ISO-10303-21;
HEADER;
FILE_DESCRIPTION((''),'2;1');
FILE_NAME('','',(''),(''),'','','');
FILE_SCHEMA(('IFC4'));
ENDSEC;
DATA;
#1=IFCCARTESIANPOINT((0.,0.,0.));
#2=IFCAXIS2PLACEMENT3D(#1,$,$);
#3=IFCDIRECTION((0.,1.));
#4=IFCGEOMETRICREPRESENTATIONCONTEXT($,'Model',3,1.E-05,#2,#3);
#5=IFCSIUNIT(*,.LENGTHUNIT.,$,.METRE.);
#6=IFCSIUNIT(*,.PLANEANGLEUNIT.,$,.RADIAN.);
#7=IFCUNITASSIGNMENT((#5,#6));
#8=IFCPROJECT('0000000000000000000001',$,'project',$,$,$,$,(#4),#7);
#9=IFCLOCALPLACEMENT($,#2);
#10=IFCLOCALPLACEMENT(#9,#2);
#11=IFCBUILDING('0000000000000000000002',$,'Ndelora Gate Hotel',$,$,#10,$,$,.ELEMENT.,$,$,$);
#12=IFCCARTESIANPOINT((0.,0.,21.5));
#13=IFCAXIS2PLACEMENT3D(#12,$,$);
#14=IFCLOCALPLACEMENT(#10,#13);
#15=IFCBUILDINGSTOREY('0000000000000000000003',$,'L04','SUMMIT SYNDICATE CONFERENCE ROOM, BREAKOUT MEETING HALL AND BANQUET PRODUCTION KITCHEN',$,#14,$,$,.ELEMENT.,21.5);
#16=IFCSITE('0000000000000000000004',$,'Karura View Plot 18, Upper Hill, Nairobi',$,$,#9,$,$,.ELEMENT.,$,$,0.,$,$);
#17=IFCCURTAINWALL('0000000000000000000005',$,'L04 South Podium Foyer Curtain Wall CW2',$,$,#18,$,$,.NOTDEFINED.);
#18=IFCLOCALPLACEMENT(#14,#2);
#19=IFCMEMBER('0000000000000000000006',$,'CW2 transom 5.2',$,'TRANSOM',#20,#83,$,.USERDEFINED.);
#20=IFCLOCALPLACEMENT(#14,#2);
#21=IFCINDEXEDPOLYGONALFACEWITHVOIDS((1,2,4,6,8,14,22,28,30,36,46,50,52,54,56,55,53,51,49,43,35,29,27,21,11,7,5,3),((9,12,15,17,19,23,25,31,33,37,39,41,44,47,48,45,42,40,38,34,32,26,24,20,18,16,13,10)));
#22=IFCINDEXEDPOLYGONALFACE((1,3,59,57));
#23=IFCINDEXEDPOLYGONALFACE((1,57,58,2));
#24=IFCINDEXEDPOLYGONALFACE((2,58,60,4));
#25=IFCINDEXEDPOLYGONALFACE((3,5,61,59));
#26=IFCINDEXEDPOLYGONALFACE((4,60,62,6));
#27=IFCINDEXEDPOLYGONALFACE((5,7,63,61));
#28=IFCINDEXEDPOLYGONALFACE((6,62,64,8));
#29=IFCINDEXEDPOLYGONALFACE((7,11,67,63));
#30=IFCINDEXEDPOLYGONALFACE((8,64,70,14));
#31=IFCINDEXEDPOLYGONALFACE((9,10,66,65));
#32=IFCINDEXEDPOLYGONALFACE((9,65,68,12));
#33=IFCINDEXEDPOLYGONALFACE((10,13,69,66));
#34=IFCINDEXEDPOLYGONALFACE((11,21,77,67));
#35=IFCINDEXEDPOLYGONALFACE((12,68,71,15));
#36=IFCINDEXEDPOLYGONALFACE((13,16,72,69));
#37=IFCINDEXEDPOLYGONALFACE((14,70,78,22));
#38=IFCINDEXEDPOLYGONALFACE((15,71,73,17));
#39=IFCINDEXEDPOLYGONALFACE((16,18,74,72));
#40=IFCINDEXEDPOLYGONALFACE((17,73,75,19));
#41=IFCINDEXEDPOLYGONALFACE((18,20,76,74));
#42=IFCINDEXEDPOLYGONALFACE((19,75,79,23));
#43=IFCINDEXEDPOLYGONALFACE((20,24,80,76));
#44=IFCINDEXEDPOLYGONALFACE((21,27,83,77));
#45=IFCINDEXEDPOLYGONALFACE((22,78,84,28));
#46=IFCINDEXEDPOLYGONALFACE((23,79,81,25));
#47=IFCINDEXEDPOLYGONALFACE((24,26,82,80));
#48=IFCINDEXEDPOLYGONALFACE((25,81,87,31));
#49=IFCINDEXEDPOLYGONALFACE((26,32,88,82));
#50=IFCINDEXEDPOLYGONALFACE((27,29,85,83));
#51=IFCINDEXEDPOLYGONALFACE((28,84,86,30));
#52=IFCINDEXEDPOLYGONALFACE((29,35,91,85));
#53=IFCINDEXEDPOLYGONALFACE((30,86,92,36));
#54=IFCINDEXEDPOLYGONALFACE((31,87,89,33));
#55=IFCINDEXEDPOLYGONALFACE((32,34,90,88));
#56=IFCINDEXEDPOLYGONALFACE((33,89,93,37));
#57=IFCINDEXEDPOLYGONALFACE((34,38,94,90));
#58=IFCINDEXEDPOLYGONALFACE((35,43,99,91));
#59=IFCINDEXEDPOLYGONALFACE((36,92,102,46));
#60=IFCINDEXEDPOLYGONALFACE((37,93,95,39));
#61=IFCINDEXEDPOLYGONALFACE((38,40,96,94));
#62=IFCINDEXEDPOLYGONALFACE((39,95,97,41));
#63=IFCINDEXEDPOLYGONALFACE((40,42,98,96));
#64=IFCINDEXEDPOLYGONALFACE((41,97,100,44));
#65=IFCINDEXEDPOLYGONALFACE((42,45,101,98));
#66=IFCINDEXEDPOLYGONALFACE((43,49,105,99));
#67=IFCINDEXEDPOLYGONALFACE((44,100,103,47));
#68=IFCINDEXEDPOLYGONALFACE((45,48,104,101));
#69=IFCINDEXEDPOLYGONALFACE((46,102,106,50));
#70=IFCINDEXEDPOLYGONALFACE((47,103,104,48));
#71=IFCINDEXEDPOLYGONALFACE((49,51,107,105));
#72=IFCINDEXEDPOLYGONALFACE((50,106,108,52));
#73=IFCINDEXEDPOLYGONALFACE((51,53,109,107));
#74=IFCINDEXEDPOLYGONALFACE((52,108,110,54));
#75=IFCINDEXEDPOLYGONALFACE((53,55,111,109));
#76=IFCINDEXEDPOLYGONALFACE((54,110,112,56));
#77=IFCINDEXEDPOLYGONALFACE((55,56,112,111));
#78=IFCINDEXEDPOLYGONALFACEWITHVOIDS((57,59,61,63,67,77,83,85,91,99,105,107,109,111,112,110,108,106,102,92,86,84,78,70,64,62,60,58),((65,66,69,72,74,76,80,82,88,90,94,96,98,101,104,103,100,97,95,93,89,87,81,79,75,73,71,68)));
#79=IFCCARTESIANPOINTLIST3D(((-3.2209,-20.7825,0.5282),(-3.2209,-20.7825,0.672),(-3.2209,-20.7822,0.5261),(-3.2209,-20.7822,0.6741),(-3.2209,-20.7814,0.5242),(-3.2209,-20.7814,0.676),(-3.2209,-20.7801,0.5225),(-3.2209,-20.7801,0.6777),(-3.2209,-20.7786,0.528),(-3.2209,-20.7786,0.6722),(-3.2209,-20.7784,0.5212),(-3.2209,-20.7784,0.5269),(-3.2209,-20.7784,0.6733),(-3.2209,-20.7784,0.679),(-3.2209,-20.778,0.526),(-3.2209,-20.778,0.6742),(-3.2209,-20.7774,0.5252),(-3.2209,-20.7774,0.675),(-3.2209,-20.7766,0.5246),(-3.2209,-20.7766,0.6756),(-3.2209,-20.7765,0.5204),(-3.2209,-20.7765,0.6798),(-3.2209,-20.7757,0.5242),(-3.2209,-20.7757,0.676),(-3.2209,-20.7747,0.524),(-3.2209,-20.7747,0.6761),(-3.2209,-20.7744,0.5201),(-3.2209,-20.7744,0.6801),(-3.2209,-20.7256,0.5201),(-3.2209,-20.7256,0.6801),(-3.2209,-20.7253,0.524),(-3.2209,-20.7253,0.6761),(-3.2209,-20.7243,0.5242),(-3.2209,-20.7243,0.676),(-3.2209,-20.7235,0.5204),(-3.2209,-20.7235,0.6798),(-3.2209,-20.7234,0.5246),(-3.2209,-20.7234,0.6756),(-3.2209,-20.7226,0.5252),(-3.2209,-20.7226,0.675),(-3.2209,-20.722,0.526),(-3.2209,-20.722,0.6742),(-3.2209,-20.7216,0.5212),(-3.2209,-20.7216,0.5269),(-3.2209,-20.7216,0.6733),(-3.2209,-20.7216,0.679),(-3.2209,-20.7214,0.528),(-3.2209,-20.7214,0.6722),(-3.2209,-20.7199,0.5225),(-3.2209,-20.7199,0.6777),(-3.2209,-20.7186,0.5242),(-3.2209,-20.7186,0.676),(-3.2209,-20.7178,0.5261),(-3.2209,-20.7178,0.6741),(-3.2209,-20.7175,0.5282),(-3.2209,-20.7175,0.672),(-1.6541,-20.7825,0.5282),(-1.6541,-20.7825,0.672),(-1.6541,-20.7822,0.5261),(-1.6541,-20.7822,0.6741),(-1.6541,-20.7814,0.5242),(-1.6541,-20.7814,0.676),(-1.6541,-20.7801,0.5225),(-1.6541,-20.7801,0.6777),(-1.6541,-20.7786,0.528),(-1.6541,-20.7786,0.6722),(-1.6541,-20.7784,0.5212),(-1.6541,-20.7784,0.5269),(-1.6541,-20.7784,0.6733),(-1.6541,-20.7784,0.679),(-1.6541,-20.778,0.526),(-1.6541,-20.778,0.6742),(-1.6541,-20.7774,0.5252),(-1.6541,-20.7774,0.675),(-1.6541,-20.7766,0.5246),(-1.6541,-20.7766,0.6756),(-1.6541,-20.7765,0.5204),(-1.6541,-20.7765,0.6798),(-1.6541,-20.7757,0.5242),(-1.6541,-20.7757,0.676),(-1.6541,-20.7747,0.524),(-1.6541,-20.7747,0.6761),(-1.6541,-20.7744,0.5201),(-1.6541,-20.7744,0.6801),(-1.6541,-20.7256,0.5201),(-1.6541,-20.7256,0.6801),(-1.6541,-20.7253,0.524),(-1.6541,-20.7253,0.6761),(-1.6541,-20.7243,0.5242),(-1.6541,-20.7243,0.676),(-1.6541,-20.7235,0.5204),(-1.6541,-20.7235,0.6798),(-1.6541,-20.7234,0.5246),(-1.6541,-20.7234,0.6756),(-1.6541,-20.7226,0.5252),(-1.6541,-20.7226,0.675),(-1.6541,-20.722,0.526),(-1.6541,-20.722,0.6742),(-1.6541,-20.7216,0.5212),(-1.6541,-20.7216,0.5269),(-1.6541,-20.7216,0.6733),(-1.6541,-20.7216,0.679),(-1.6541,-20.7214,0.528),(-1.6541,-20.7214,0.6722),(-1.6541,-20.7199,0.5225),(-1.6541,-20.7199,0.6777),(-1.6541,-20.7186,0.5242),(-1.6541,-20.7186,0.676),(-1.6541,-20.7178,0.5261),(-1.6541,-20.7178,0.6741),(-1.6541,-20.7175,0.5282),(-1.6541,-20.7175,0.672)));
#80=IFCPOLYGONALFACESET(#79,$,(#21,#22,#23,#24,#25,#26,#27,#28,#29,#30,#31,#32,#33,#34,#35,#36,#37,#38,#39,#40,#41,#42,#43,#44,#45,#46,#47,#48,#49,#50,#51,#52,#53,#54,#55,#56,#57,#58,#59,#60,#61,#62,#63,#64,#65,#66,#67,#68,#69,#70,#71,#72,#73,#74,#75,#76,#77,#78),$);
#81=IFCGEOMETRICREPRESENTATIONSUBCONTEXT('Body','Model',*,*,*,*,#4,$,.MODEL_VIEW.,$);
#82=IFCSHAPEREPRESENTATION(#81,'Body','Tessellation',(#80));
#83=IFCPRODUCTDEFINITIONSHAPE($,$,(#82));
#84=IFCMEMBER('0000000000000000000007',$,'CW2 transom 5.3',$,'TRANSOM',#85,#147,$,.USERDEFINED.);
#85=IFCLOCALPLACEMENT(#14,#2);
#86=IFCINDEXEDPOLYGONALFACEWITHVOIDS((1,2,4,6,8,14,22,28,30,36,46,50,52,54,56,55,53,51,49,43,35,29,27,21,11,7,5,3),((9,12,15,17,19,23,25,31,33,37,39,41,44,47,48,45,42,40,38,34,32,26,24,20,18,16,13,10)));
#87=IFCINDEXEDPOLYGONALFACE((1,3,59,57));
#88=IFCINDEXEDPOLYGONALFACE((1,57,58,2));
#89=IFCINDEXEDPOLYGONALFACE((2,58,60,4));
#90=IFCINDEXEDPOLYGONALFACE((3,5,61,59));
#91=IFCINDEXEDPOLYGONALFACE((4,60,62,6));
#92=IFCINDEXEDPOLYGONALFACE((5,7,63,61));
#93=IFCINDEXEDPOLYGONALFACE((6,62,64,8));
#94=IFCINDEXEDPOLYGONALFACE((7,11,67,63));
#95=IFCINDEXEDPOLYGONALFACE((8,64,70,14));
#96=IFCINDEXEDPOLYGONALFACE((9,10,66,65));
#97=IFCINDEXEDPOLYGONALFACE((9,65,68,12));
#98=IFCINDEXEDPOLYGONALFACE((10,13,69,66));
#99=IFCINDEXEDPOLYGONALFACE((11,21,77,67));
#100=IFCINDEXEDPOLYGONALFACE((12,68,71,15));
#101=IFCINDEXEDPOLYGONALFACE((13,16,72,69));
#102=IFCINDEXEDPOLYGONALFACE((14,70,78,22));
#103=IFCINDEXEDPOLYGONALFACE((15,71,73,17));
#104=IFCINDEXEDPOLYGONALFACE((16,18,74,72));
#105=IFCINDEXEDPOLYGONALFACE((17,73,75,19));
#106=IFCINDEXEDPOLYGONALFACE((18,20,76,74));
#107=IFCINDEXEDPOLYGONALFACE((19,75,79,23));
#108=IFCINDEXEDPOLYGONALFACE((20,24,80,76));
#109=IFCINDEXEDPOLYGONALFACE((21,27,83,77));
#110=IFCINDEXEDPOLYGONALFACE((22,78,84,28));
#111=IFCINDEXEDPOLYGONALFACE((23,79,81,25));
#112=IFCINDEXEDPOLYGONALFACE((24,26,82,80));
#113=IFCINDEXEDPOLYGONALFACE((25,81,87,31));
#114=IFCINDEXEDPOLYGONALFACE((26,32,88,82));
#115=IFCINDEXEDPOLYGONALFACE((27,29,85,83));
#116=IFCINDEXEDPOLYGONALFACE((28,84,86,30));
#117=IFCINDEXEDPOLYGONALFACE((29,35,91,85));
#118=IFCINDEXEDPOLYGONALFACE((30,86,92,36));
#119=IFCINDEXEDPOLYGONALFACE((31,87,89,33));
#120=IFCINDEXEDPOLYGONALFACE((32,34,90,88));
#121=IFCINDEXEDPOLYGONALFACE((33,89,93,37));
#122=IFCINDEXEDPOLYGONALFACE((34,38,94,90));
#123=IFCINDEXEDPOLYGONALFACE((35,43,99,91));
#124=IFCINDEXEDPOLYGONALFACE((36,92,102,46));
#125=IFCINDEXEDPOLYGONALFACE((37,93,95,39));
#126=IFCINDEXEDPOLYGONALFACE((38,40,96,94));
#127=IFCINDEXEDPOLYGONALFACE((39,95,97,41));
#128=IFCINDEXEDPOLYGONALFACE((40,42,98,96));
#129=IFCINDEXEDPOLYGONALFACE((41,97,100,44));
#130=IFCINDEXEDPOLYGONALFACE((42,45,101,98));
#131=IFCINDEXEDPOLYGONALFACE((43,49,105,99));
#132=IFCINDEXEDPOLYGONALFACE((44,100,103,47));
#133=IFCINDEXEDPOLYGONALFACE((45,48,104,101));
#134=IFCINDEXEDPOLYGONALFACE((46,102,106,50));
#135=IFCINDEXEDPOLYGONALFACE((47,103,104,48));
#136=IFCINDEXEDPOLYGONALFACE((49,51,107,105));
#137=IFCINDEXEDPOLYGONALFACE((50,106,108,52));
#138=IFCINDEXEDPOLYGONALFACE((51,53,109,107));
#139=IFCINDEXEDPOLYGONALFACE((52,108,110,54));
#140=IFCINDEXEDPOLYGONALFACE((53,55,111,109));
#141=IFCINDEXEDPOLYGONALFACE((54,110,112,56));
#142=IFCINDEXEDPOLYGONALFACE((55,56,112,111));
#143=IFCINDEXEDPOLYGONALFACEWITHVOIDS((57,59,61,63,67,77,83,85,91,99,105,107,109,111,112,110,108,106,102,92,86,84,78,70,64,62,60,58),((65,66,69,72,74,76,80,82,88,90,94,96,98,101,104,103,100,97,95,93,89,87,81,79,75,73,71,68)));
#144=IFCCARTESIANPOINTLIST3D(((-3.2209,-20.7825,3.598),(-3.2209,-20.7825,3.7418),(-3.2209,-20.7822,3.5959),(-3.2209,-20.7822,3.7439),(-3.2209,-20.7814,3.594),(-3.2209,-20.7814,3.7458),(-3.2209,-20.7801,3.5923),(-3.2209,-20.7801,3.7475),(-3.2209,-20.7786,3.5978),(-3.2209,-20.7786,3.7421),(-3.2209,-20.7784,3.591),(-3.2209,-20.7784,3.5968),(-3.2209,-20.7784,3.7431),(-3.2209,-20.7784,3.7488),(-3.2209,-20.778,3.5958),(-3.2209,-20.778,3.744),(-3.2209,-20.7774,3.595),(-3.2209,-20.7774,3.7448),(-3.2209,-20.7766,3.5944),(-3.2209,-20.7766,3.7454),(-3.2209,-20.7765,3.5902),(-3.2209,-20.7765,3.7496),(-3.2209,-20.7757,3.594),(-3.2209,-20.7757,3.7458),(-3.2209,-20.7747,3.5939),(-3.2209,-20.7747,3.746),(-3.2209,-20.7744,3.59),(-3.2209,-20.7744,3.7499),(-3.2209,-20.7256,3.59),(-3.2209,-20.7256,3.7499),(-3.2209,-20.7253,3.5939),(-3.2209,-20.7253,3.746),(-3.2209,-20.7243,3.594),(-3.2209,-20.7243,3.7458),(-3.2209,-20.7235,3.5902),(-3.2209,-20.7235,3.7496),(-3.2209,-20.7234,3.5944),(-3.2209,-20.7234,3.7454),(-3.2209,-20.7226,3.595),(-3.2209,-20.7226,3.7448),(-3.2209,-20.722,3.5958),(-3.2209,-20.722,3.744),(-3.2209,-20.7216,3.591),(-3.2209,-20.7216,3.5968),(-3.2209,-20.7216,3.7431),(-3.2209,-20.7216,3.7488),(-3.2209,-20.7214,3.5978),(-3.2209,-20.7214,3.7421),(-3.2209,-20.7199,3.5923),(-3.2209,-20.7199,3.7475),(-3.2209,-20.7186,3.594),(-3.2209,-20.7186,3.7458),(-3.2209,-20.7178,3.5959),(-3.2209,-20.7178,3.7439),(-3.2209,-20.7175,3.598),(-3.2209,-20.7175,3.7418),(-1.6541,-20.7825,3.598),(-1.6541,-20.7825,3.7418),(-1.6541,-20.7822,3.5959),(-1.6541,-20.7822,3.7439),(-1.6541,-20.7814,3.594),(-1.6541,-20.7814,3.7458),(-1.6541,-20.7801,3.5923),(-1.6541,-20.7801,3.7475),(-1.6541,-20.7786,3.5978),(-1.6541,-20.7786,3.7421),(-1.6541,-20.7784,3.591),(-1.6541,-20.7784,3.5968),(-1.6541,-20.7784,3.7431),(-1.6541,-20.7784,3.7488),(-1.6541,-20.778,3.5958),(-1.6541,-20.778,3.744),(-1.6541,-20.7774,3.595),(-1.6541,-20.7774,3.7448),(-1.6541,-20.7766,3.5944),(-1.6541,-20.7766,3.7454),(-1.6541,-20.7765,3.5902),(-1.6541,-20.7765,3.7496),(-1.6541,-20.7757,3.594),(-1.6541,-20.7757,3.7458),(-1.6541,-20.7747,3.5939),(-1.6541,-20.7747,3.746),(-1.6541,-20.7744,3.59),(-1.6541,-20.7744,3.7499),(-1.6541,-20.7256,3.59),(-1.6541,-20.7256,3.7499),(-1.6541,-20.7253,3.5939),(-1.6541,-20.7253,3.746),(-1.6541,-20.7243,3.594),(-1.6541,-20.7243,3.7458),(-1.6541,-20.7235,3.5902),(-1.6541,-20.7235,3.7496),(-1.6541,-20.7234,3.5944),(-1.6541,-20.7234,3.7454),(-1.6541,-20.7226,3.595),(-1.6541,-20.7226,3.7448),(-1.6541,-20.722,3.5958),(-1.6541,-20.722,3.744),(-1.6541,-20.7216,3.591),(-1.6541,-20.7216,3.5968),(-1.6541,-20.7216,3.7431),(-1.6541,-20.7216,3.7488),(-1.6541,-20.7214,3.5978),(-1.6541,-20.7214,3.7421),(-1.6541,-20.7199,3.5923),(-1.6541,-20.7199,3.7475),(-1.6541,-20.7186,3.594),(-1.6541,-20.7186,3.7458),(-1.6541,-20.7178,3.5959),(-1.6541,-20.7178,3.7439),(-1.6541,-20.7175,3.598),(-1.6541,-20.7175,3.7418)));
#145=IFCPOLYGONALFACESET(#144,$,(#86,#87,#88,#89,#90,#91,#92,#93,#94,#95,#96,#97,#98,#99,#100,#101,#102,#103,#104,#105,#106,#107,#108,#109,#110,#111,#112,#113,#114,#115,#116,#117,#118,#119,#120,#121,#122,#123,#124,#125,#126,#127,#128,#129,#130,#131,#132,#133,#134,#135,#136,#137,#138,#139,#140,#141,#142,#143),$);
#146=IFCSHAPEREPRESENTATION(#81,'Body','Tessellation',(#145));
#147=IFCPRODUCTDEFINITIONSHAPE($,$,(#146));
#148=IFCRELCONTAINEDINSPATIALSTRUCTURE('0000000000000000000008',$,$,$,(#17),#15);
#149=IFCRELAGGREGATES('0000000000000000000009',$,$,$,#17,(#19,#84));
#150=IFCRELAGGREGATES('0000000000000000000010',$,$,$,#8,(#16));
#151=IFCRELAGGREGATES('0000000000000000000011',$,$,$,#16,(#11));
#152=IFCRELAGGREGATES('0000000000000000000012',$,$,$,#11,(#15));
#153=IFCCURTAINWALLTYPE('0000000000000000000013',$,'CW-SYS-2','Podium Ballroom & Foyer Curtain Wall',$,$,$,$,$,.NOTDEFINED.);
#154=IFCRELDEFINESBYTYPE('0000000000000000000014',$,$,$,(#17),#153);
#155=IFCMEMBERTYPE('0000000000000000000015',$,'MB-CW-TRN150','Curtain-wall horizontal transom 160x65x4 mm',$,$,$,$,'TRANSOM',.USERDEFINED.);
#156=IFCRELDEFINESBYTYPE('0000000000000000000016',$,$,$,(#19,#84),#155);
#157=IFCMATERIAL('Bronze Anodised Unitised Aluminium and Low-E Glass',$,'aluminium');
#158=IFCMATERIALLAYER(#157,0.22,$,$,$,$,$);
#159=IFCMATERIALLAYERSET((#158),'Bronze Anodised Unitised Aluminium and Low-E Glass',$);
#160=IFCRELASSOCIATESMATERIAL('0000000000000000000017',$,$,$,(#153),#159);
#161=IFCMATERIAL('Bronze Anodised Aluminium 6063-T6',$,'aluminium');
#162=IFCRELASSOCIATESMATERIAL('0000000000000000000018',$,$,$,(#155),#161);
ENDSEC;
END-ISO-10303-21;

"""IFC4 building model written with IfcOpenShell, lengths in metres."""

from ifc_helpers import new_model, si_unit, direction, frame, origin, origin_2d, place, context, subcontext, project, spatial, hollow_rectangle, extrude, material, layer, layer_set, material_profile, profile_set, type_object, element, aggregate, save


model = new_model("IFC4")

# Units and contexts
model_context = context("Model", 3, precision=1e-05, world=origin(), true_north=direction((0.0, 1.0)))
body_context = subcontext(model_context, "Body", "Model", "MODEL_VIEW")
ifc_project = project(units=[si_unit("LENGTHUNIT", "METRE"), si_unit("PLANEANGLEUNIT", "RADIAN")], contexts=[model_context])

# Site, building, storey
site_placement = place(None, origin())
site = spatial("IfcSite", under=ifc_project, at=site_placement, Name="Karura View Plot 18, Upper Hill, Nairobi", CompositionType="ELEMENT", RefElevation=0.0)
building_placement = place(site_placement, origin())
building = spatial("IfcBuilding", under=site, at=building_placement, Name="Ndelora Gate Hotel", CompositionType="ELEMENT")
storey_placement = place(building_placement, frame((0.0, 0.0, 21.5)))
storey = spatial("IfcBuildingStorey", under=building, at=storey_placement, Name="L04", Description="SUMMIT SYNDICATE CONFERENCE ROOM, BREAKOUT MEETING HALL AND BANQUET PRODUCTION KITCHEN", CompositionType="ELEMENT", Elevation=21.5)

# Curtain wall, members
ifc_material_1 = material(Name="Bronze Anodised Unitised Aluminium and Low-E Glass", Category="aluminium")
ifc_layer_1 = layer(ifc_material_1, 0.22)
ifc_layer_set_1 = layer_set([ifc_layer_1], Name="Bronze Anodised Unitised Aluminium and Low-E Glass")
curtain_wall_type = type_object("IfcCurtainWallType", Name="CW-SYS-2", Description="Podium Ballroom & Foyer Curtain Wall", PredefinedType="NOTDEFINED", material=ifc_layer_set_1)
curtain_wall_placement = place(storey_placement, origin())
curtain_wall = element("IfcCurtainWall", 1, at=curtain_wall_placement, inside=storey, type_object=curtain_wall_type, Name="L04 South Podium Foyer Curtain Wall CW2", PredefinedType="NOTDEFINED")
ifc_material_2 = material(Name="Bronze Anodised Aluminium 6063-T6", Category="aluminium")
ifc_material_profile_1 = material_profile(ifc_material_2, hollow_rectangle(XDim=0.0649, YDim=0.1599, WallThickness=0.0039, InnerFilletRadius=0.0039, OuterFilletRadius=0.0081, at=origin_2d()), Name="ALU 160x65x4")
ifc_profile_set_1 = profile_set([ifc_material_profile_1], Name="Bronze Anodised Aluminium 6063-T6")
member_type_1 = type_object("IfcMemberType", Name="MB-CW-TRN150", Description="Curtain-wall horizontal transom 160x65x4 mm", ElementType="TRANSOM", PredefinedType="USERDEFINED", material=ifc_profile_set_1)
member_1_placement = place(storey_placement, frame((-3.2209, -20.75, 0.6001), z_axis=(1.0, 0.0, 0.0), x_axis=(0.0, 1.0, 0.0)))
member_1 = element("IfcMember", 2, at=member_1_placement, type_object=member_type_1, Name="CW2 transom 5.2", ObjectType="TRANSOM", PredefinedType="USERDEFINED", context=body_context, shape_type="SweptSolid", body=[
    extrude(hollow_rectangle(XDim=0.0649, YDim=0.1599, WallThickness=0.0039, InnerFilletRadius=0.0039, OuterFilletRadius=0.0081, at=origin_2d()), origin(), (0.0, 0.0, 1.0), 1.5669),
])
member_2_placement = place(storey_placement, frame((-3.2209, -20.75, 3.6699), z_axis=(1.0, 0.0, 0.0), x_axis=(0.0, 1.0, 0.0)))
member_2 = element("IfcMember", 3, at=member_2_placement, type_object=member_type_1, Name="CW2 transom 5.3", ObjectType="TRANSOM", PredefinedType="USERDEFINED", context=body_context, shape_type="SweptSolid", body=[
    extrude(hollow_rectangle(XDim=0.0649, YDim=0.1599, WallThickness=0.0039, InnerFilletRadius=0.0039, OuterFilletRadius=0.0081, at=origin_2d()), origin(), (0.0, 0.0, 1.0), 1.5669),
])
aggregate(curtain_wall, [member_1, member_2])

save(model, "model.ifc")
